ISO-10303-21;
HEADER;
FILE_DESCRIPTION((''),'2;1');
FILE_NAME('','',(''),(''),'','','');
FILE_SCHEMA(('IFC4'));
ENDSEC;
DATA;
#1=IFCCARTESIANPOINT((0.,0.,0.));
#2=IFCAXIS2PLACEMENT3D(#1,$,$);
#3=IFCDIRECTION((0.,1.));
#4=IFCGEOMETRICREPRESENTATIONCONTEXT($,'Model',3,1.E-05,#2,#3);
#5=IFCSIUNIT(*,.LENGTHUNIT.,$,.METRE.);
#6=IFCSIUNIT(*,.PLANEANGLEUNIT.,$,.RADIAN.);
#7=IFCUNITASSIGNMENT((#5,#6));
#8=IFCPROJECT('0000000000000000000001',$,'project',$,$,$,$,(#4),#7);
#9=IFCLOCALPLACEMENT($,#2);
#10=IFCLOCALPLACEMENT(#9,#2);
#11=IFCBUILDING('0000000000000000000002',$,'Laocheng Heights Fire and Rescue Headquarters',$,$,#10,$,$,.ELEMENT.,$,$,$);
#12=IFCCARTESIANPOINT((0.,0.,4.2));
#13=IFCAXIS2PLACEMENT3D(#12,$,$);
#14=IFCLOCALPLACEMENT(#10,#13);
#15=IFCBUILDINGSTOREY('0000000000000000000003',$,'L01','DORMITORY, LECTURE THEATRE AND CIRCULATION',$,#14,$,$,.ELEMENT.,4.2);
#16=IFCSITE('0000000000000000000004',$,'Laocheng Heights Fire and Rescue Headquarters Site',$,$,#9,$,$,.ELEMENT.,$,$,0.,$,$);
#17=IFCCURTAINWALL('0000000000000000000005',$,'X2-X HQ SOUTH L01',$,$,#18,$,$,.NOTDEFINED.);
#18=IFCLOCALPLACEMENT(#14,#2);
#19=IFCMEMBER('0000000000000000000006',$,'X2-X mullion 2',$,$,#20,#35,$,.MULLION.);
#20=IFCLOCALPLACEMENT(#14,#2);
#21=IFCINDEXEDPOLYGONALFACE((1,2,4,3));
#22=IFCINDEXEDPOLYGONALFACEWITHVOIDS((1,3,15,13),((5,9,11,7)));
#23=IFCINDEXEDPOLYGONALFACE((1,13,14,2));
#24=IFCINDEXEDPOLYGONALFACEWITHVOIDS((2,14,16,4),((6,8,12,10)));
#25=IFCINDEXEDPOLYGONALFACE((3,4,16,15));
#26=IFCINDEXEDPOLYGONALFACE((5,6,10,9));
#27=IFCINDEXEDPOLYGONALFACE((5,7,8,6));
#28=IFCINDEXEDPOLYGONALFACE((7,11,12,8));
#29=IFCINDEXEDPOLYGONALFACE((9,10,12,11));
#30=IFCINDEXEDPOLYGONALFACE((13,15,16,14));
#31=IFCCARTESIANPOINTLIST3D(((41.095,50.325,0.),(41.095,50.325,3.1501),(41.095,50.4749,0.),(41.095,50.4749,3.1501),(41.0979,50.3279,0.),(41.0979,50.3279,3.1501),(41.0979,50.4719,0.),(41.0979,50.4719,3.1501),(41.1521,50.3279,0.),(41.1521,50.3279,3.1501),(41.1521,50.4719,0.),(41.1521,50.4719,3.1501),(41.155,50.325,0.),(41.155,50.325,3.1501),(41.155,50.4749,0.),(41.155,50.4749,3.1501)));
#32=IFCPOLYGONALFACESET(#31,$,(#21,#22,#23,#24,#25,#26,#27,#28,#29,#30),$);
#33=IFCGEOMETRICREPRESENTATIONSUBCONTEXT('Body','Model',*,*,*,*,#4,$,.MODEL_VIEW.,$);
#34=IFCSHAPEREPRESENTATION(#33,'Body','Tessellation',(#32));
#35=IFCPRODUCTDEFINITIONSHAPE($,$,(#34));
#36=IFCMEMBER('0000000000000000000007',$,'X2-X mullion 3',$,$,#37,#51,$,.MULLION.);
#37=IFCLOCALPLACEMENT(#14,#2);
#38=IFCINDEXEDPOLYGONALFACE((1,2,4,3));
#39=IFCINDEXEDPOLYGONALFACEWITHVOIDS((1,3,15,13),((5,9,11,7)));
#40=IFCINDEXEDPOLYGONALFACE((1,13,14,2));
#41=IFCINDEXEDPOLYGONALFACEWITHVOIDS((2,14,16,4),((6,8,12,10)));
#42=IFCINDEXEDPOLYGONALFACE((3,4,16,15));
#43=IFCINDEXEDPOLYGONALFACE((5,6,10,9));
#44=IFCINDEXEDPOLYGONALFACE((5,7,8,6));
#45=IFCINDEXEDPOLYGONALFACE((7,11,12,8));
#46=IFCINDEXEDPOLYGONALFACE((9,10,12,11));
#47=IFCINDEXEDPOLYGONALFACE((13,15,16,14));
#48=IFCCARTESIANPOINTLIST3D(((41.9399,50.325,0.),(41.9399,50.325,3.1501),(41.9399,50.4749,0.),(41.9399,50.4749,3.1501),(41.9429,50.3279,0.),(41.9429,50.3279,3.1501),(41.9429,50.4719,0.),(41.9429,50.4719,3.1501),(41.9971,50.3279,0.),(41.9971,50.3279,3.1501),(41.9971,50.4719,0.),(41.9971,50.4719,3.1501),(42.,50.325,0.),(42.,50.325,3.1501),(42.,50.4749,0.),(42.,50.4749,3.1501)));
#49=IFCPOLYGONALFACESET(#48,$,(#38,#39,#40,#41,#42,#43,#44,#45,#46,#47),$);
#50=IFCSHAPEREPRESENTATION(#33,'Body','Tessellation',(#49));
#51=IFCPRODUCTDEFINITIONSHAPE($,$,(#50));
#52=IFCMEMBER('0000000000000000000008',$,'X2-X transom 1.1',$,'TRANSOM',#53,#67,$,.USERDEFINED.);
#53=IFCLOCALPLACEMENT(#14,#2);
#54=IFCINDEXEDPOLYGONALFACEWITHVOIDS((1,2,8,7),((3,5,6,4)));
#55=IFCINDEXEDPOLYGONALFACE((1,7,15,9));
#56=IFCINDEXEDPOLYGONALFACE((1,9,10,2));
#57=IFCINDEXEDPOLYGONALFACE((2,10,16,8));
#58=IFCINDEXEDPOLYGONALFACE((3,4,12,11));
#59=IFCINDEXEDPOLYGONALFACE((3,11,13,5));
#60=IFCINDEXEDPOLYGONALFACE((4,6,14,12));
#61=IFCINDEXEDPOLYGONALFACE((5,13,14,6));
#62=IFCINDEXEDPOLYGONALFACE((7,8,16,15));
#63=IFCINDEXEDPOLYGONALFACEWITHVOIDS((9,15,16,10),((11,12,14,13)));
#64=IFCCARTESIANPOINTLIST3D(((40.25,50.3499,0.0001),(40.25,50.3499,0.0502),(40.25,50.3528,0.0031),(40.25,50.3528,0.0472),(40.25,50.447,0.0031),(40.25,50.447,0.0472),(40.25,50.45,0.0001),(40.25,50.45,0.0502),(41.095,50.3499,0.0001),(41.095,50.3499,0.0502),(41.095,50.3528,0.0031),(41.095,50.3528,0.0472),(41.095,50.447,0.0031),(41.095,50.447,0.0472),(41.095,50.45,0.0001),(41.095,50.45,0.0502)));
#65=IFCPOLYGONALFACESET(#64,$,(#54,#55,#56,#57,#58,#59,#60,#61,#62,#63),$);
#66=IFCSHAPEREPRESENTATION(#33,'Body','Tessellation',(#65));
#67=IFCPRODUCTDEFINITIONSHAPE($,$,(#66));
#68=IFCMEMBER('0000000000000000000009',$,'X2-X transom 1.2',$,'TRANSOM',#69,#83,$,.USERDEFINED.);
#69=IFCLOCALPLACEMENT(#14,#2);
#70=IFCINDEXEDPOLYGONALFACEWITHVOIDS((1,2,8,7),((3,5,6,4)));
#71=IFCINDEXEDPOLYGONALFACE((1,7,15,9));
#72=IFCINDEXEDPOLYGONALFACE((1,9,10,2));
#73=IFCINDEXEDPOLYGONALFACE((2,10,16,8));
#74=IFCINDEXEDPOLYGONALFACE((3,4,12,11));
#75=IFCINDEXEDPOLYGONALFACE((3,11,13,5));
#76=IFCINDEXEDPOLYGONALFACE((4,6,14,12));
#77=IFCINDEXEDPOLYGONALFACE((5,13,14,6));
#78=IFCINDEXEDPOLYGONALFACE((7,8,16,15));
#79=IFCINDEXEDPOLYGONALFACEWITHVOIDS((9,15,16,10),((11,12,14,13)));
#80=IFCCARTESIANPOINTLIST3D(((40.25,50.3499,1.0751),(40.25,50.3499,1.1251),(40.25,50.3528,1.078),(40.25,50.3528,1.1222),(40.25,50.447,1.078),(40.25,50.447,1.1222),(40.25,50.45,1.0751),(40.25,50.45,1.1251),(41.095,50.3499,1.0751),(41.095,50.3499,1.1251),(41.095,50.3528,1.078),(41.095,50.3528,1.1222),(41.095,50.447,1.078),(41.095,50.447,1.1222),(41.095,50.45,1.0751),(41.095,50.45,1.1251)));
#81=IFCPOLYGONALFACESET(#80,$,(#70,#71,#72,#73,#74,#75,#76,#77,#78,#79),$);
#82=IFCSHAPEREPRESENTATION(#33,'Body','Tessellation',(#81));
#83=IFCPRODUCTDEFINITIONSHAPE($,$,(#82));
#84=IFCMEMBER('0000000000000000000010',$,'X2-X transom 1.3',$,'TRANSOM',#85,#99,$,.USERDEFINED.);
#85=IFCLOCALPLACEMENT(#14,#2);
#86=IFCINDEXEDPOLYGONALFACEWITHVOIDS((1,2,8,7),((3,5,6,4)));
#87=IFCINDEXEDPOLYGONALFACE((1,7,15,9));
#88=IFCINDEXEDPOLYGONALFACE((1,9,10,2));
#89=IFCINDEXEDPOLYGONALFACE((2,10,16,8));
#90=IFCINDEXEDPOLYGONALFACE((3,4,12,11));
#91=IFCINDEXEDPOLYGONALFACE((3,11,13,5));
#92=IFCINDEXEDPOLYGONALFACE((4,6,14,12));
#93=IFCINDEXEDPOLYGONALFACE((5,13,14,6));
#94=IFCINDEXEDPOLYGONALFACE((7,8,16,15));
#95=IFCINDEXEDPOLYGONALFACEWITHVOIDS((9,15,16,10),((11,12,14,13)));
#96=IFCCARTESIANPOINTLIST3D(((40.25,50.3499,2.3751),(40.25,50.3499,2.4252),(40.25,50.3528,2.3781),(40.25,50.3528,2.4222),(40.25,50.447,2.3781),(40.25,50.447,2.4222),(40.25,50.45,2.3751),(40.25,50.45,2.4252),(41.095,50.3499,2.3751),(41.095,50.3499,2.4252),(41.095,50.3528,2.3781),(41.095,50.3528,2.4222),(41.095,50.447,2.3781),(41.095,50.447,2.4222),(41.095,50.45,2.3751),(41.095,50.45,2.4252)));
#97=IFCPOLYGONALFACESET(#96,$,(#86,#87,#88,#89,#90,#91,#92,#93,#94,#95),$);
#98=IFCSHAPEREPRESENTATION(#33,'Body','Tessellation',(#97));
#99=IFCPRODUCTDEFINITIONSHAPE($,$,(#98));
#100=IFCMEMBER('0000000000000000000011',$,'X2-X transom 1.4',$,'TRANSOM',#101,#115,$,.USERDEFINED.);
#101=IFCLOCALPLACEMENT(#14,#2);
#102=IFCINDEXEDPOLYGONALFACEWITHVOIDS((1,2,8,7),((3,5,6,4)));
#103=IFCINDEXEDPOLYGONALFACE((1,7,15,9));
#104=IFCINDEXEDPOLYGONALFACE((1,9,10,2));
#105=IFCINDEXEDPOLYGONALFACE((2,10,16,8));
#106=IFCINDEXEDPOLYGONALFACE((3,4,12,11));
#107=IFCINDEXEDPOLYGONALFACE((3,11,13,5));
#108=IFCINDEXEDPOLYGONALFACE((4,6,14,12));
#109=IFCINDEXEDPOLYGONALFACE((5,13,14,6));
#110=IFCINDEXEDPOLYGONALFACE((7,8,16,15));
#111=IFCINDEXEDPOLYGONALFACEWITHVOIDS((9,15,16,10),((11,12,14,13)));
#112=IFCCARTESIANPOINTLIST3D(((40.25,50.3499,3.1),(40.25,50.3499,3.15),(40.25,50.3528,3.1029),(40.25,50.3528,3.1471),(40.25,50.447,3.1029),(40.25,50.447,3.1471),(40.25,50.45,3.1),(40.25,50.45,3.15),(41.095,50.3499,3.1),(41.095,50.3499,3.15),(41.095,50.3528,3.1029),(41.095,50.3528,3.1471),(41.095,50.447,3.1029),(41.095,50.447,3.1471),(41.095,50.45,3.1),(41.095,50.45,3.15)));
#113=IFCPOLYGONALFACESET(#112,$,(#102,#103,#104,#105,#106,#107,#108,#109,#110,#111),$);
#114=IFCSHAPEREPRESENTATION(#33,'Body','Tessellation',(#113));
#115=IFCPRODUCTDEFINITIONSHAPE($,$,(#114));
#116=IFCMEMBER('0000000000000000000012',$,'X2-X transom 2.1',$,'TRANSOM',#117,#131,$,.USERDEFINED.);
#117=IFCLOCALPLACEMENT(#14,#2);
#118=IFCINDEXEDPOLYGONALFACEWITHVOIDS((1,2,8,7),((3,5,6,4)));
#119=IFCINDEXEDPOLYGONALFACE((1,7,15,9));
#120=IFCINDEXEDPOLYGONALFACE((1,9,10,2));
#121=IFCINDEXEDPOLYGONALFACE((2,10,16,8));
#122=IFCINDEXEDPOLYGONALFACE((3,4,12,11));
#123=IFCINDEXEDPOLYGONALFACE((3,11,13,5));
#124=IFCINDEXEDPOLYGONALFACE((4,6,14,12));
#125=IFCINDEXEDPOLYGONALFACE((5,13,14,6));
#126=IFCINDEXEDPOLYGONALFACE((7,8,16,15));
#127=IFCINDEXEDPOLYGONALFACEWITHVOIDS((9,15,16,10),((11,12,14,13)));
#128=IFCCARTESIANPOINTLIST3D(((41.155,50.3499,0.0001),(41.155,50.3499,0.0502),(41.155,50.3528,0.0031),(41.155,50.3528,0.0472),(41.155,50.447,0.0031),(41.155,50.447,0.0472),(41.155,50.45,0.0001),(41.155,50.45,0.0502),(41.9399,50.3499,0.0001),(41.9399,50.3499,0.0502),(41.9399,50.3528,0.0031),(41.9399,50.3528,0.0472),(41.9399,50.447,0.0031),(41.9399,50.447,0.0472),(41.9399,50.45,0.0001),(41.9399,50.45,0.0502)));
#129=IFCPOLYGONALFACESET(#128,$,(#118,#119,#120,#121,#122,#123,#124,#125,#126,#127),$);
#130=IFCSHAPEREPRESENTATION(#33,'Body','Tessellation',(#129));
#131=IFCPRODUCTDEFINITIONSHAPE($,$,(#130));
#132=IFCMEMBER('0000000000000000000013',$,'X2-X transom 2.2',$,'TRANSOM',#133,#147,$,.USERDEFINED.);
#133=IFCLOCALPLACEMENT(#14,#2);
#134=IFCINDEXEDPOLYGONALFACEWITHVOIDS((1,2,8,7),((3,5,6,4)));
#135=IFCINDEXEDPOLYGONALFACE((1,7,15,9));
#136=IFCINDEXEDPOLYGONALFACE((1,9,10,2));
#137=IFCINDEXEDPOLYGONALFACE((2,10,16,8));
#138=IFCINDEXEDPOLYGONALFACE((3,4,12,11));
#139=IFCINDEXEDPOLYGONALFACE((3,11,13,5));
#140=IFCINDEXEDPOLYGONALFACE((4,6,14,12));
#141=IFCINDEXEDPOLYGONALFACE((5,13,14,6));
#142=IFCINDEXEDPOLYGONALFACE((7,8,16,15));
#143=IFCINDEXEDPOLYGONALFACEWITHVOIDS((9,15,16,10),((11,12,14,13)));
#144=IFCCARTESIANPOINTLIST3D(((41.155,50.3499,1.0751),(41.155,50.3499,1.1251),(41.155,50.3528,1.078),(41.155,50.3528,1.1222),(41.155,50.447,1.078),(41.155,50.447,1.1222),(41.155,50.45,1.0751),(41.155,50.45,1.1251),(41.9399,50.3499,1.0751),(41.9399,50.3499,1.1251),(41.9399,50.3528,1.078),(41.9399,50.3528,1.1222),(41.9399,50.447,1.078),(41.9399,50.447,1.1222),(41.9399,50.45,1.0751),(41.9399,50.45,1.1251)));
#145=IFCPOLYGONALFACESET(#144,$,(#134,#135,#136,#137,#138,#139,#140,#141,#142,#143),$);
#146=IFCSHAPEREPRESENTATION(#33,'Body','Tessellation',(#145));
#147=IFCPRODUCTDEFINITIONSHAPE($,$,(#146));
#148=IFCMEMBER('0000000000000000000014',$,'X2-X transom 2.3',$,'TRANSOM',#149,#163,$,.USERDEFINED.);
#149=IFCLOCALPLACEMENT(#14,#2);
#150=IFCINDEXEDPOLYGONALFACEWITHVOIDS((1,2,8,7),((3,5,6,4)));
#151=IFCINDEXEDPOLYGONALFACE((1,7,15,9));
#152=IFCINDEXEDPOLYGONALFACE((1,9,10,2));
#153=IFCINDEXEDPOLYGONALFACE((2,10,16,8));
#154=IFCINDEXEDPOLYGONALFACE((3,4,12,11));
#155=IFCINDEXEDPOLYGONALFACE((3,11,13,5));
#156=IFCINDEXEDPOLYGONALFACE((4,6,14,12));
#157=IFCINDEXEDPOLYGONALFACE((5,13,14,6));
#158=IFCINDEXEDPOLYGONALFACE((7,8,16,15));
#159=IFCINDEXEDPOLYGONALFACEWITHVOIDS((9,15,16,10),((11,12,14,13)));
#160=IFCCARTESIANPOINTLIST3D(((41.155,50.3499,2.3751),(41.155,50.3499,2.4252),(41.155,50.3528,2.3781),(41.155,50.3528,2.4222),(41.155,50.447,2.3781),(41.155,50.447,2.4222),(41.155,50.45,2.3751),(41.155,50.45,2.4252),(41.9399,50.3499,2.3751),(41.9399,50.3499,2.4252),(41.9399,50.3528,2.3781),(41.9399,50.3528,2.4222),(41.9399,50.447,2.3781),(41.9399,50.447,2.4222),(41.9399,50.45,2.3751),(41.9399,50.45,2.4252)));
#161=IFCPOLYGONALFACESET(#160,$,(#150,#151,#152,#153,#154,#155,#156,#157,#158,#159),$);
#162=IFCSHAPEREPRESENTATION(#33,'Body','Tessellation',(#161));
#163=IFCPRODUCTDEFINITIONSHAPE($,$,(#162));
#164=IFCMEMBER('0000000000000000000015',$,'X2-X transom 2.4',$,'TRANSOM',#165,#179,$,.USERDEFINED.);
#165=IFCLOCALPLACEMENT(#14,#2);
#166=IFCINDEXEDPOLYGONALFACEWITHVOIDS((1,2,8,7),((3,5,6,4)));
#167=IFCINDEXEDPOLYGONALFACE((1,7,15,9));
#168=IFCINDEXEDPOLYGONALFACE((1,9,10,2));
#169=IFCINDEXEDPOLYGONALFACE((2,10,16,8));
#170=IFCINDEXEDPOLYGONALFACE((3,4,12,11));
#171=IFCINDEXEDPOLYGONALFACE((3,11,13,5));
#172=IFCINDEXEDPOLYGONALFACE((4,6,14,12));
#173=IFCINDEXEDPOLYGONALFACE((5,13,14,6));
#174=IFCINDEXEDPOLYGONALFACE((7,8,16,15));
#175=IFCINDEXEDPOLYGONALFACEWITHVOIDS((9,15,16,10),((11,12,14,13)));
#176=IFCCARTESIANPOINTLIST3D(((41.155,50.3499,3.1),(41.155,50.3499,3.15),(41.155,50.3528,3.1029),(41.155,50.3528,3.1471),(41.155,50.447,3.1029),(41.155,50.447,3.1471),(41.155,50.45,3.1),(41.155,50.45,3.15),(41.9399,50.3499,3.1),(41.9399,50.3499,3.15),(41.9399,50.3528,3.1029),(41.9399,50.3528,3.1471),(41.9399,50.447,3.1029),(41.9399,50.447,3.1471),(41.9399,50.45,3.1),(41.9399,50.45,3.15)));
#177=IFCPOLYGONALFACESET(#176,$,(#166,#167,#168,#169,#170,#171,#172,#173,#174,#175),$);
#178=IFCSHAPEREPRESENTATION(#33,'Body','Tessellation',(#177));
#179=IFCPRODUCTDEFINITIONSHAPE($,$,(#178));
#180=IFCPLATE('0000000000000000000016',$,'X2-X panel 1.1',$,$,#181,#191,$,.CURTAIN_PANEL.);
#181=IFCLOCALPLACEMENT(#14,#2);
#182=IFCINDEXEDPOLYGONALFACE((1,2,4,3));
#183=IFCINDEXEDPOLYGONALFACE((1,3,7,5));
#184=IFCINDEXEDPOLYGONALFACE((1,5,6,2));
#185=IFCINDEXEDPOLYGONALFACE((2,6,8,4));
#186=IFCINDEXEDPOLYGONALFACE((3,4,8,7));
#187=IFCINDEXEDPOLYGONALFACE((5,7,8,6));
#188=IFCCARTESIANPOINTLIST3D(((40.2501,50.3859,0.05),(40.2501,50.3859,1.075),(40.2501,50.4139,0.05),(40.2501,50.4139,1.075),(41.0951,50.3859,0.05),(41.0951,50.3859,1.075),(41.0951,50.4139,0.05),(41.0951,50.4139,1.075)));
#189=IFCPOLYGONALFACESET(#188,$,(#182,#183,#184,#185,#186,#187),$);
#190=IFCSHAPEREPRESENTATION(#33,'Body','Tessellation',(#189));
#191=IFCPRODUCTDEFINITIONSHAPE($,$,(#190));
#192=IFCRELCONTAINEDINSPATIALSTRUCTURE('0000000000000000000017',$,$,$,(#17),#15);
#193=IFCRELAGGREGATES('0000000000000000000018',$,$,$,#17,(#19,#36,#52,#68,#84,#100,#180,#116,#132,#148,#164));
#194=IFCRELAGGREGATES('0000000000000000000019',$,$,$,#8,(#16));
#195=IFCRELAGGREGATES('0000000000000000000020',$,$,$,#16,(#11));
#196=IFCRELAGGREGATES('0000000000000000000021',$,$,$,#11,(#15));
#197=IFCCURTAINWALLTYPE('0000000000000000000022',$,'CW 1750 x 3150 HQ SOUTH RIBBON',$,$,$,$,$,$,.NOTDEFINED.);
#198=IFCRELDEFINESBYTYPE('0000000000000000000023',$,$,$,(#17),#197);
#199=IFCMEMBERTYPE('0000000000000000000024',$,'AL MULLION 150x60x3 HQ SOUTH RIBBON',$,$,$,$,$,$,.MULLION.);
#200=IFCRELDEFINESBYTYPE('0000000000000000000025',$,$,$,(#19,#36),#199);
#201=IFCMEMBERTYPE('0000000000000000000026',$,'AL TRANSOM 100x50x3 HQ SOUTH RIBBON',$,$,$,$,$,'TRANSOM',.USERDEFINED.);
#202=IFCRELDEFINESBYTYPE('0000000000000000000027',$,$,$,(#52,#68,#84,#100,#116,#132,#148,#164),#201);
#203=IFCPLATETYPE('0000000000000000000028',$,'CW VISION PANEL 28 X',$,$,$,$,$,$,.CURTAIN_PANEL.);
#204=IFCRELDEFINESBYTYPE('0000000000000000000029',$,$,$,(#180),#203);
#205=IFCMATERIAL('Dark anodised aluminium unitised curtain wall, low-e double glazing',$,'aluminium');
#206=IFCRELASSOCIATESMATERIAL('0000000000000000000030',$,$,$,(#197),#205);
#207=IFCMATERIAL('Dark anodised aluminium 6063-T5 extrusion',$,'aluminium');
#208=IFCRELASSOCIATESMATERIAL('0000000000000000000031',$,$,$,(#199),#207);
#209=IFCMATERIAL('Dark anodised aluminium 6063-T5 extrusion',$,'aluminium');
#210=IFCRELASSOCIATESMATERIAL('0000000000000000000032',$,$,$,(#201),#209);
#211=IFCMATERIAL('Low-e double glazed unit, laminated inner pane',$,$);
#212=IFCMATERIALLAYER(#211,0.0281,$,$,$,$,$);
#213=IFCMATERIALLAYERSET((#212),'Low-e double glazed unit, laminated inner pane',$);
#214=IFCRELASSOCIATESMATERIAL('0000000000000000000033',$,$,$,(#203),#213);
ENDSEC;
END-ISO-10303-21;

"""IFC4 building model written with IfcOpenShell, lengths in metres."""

from ifc_helpers import new_model, si_unit, direction, frame, origin, origin_2d, place, context, subcontext, project, spatial, rectangle, hollow_rectangle, extrude, material, layer, layer_set, material_profile, profile_set, type_object, element, aggregate, save


model = new_model("IFC4")

# Units and contexts
model_context = context("Model", 3, precision=1e-05, world=origin(), true_north=direction((0.0, 1.0)))
body_context = subcontext(model_context, "Body", "Model", "MODEL_VIEW")
ifc_project = project(units=[si_unit("LENGTHUNIT", "METRE"), si_unit("PLANEANGLEUNIT", "RADIAN")], contexts=[model_context])

# Site, building, storey
site_placement = place(None, origin())
site = spatial("IfcSite", under=ifc_project, at=site_placement, Name="Laocheng Heights Fire and Rescue Headquarters Site", CompositionType="ELEMENT", RefElevation=0.0)
building_placement = place(site_placement, origin())
building = spatial("IfcBuilding", under=site, at=building_placement, Name="Laocheng Heights Fire and Rescue Headquarters", CompositionType="ELEMENT")
storey_placement = place(building_placement, frame((0.0, 0.0, 4.2)))
storey = spatial("IfcBuildingStorey", under=building, at=storey_placement, Name="L01", Description="DORMITORY, LECTURE THEATRE AND CIRCULATION", CompositionType="ELEMENT", Elevation=4.2)

# Curtain wall, members, plate
ifc_material_1 = material(Name="Dark anodised aluminium unitised curtain wall, low-e double glazing", Category="aluminium")
curtain_wall_type = type_object("IfcCurtainWallType", Name="CW 1750 x 3150 HQ SOUTH RIBBON", PredefinedType="NOTDEFINED", material=ifc_material_1)
curtain_wall_placement = place(storey_placement, origin())
curtain_wall = element("IfcCurtainWall", 1, at=curtain_wall_placement, inside=storey, type_object=curtain_wall_type, Name="X2-X HQ SOUTH L01", PredefinedType="NOTDEFINED")
ifc_material_2 = material(Name="Dark anodised aluminium 6063-T5 extrusion", Category="aluminium")
ifc_material_profile_1 = material_profile(ifc_material_2, hollow_rectangle(XDim=0.1499, YDim=0.0601, WallThickness=0.0029, at=origin_2d()), Name="AL MULLION 150x60x3 HQ SOUTH RIBBON")
ifc_profile_set_1 = profile_set([ifc_material_profile_1], Name="Dark anodised aluminium 6063-T5 extrusion")
member_type_1 = type_object("IfcMemberType", Name="AL MULLION 150x60x3 HQ SOUTH RIBBON", PredefinedType="MULLION", material=ifc_profile_set_1)
member_1_placement = place(storey_placement, frame((41.125, 50.3999, 0.0), z_axis=(0.0, 0.0, 1.0), x_axis=(0.0, 1.0, 0.0)))
member_1 = element("IfcMember", 2, at=member_1_placement, type_object=member_type_1, Name="X2-X mullion 2", PredefinedType="MULLION", context=body_context, shape_type="SweptSolid", body=[
    extrude(hollow_rectangle(XDim=0.1499, YDim=0.0601, WallThickness=0.0029, at=origin_2d()), origin(), (0.0, 0.0, 1.0), 3.1501),
])
member_2_placement = place(storey_placement, frame((41.97, 50.3999, 0.0), z_axis=(0.0, 0.0, 1.0), x_axis=(0.0, 1.0, 0.0)))
member_2 = element("IfcMember", 3, at=member_2_placement, type_object=member_type_1, Name="X2-X mullion 3", PredefinedType="MULLION", context=body_context, shape_type="SweptSolid", body=[
    extrude(hollow_rectangle(XDim=0.1499, YDim=0.0601, WallThickness=0.0029, at=origin_2d()), origin(), (0.0, 0.0, 1.0), 3.1501),
])
ifc_material_3 = material(Name="Dark anodised aluminium 6063-T5 extrusion", Category="aluminium")
ifc_material_profile_2 = material_profile(ifc_material_3, hollow_rectangle(XDim=0.1001, YDim=0.05, WallThickness=0.0029, at=origin_2d()), Name="AL TRANSOM 100x50x3 HQ SOUTH RIBBON")
ifc_profile_set_2 = profile_set([ifc_material_profile_2], Name="Dark anodised aluminium 6063-T5 extrusion")
member_type_2 = type_object("IfcMemberType", Name="AL TRANSOM 100x50x3 HQ SOUTH RIBBON", ElementType="TRANSOM", PredefinedType="USERDEFINED", material=ifc_profile_set_2)
member_3_placement = place(storey_placement, frame((40.25, 50.3999, 0.0251), z_axis=(1.0, 0.0, 0.0), x_axis=(0.0, 1.0, 0.0)))
member_3 = element("IfcMember", 4, at=member_3_placement, type_object=member_type_2, Name="X2-X transom 1.1", ObjectType="TRANSOM", PredefinedType="USERDEFINED", context=body_context, shape_type="SweptSolid", body=[
    extrude(hollow_rectangle(XDim=0.1001, YDim=0.05, WallThickness=0.0029, at=origin_2d()), origin(), (0.0, 0.0, 1.0), 0.845),
])
member_4_placement = place(storey_placement, frame((40.25, 50.3999, 1.1001), z_axis=(1.0, 0.0, 0.0), x_axis=(0.0, 1.0, 0.0)))
member_4 = element("IfcMember", 5, at=member_4_placement, type_object=member_type_2, Name="X2-X transom 1.2", ObjectType="TRANSOM", PredefinedType="USERDEFINED", context=body_context, shape_type="SweptSolid", body=[
    extrude(hollow_rectangle(XDim=0.1001, YDim=0.05, WallThickness=0.0029, at=origin_2d()), origin(), (0.0, 0.0, 1.0), 0.845),
])
member_5_placement = place(storey_placement, frame((40.25, 50.3999, 2.4001), z_axis=(1.0, 0.0, 0.0), x_axis=(0.0, 1.0, 0.0)))
member_5 = element("IfcMember", 6, at=member_5_placement, type_object=member_type_2, Name="X2-X transom 1.3", ObjectType="TRANSOM", PredefinedType="USERDEFINED", context=body_context, shape_type="SweptSolid", body=[
    extrude(hollow_rectangle(XDim=0.1001, YDim=0.05, WallThickness=0.0029, at=origin_2d()), origin(), (0.0, 0.0, 1.0), 0.845),
])
member_6_placement = place(storey_placement, frame((40.25, 50.3999, 3.125), z_axis=(1.0, 0.0, 0.0), x_axis=(0.0, 1.0, 0.0)))
member_6 = element("IfcMember", 7, at=member_6_placement, type_object=member_type_2, Name="X2-X transom 1.4", ObjectType="TRANSOM", PredefinedType="USERDEFINED", context=body_context, shape_type="SweptSolid", body=[
    extrude(hollow_rectangle(XDim=0.1001, YDim=0.05, WallThickness=0.0029, at=origin_2d()), origin(), (0.0, 0.0, 1.0), 0.845),
])
member_7_placement = place(storey_placement, frame((41.155, 50.3999, 0.0251), z_axis=(1.0, 0.0, 0.0), x_axis=(0.0, 1.0, 0.0)))
member_7 = element("IfcMember", 8, at=member_7_placement, type_object=member_type_2, Name="X2-X transom 2.1", ObjectType="TRANSOM", PredefinedType="USERDEFINED", context=body_context, shape_type="SweptSolid", body=[
    extrude(hollow_rectangle(XDim=0.1001, YDim=0.05, WallThickness=0.0029, at=origin_2d()), origin(), (0.0, 0.0, 1.0), 0.7849),
])
member_8_placement = place(storey_placement, frame((41.155, 50.3999, 1.1001), z_axis=(1.0, 0.0, 0.0), x_axis=(0.0, 1.0, 0.0)))
member_8 = element("IfcMember", 9, at=member_8_placement, type_object=member_type_2, Name="X2-X transom 2.2", ObjectType="TRANSOM", PredefinedType="USERDEFINED", context=body_context, shape_type="SweptSolid", body=[
    extrude(hollow_rectangle(XDim=0.1001, YDim=0.05, WallThickness=0.0029, at=origin_2d()), origin(), (0.0, 0.0, 1.0), 0.7849),
])
member_9_placement = place(storey_placement, frame((41.155, 50.3999, 2.4001), z_axis=(1.0, 0.0, 0.0), x_axis=(0.0, 1.0, 0.0)))
member_9 = element("IfcMember", 10, at=member_9_placement, type_object=member_type_2, Name="X2-X transom 2.3", ObjectType="TRANSOM", PredefinedType="USERDEFINED", context=body_context, shape_type="SweptSolid", body=[
    extrude(hollow_rectangle(XDim=0.1001, YDim=0.05, WallThickness=0.0029, at=origin_2d()), origin(), (0.0, 0.0, 1.0), 0.7849),
])
member_10_placement = place(storey_placement, frame((41.155, 50.3999, 3.125), z_axis=(1.0, 0.0, 0.0), x_axis=(0.0, 1.0, 0.0)))
member_10 = element("IfcMember", 11, at=member_10_placement, type_object=member_type_2, Name="X2-X transom 2.4", ObjectType="TRANSOM", PredefinedType="USERDEFINED", context=body_context, shape_type="SweptSolid", body=[
    extrude(hollow_rectangle(XDim=0.1001, YDim=0.05, WallThickness=0.0029, at=origin_2d()), origin(), (0.0, 0.0, 1.0), 0.7849),
])
ifc_material_4 = material(Name="Low-e double glazed unit, laminated inner pane")
ifc_layer_1 = layer(ifc_material_4, 0.0281)
ifc_layer_set_1 = layer_set([ifc_layer_1], Name="Low-e double glazed unit, laminated inner pane")
plate_type = type_object("IfcPlateType", Name="CW VISION PANEL 28 X", PredefinedType="CURTAIN_PANEL", material=ifc_layer_set_1)
plate_1_placement = place(storey_placement, frame((40.6726, 50.3999, 0.05), z_axis=(0.0, 0.0, 1.0), x_axis=(1.0, 0.0, 0.0)))
plate_1 = element("IfcPlate", 12, at=plate_1_placement, type_object=plate_type, Name="X2-X panel 1.1", PredefinedType="CURTAIN_PANEL", context=body_context, shape_type="SweptSolid", body=[
    extrude(rectangle(XDim=0.845, YDim=0.0281, at=origin_2d()), origin(), (0.0, 0.0, 1.0), 1.0249),
])
aggregate(curtain_wall, [member_1, member_2, member_3, member_4, member_5, member_6, plate_1, member_7, member_8, member_9, member_10])

save(model, "model.ifc")
